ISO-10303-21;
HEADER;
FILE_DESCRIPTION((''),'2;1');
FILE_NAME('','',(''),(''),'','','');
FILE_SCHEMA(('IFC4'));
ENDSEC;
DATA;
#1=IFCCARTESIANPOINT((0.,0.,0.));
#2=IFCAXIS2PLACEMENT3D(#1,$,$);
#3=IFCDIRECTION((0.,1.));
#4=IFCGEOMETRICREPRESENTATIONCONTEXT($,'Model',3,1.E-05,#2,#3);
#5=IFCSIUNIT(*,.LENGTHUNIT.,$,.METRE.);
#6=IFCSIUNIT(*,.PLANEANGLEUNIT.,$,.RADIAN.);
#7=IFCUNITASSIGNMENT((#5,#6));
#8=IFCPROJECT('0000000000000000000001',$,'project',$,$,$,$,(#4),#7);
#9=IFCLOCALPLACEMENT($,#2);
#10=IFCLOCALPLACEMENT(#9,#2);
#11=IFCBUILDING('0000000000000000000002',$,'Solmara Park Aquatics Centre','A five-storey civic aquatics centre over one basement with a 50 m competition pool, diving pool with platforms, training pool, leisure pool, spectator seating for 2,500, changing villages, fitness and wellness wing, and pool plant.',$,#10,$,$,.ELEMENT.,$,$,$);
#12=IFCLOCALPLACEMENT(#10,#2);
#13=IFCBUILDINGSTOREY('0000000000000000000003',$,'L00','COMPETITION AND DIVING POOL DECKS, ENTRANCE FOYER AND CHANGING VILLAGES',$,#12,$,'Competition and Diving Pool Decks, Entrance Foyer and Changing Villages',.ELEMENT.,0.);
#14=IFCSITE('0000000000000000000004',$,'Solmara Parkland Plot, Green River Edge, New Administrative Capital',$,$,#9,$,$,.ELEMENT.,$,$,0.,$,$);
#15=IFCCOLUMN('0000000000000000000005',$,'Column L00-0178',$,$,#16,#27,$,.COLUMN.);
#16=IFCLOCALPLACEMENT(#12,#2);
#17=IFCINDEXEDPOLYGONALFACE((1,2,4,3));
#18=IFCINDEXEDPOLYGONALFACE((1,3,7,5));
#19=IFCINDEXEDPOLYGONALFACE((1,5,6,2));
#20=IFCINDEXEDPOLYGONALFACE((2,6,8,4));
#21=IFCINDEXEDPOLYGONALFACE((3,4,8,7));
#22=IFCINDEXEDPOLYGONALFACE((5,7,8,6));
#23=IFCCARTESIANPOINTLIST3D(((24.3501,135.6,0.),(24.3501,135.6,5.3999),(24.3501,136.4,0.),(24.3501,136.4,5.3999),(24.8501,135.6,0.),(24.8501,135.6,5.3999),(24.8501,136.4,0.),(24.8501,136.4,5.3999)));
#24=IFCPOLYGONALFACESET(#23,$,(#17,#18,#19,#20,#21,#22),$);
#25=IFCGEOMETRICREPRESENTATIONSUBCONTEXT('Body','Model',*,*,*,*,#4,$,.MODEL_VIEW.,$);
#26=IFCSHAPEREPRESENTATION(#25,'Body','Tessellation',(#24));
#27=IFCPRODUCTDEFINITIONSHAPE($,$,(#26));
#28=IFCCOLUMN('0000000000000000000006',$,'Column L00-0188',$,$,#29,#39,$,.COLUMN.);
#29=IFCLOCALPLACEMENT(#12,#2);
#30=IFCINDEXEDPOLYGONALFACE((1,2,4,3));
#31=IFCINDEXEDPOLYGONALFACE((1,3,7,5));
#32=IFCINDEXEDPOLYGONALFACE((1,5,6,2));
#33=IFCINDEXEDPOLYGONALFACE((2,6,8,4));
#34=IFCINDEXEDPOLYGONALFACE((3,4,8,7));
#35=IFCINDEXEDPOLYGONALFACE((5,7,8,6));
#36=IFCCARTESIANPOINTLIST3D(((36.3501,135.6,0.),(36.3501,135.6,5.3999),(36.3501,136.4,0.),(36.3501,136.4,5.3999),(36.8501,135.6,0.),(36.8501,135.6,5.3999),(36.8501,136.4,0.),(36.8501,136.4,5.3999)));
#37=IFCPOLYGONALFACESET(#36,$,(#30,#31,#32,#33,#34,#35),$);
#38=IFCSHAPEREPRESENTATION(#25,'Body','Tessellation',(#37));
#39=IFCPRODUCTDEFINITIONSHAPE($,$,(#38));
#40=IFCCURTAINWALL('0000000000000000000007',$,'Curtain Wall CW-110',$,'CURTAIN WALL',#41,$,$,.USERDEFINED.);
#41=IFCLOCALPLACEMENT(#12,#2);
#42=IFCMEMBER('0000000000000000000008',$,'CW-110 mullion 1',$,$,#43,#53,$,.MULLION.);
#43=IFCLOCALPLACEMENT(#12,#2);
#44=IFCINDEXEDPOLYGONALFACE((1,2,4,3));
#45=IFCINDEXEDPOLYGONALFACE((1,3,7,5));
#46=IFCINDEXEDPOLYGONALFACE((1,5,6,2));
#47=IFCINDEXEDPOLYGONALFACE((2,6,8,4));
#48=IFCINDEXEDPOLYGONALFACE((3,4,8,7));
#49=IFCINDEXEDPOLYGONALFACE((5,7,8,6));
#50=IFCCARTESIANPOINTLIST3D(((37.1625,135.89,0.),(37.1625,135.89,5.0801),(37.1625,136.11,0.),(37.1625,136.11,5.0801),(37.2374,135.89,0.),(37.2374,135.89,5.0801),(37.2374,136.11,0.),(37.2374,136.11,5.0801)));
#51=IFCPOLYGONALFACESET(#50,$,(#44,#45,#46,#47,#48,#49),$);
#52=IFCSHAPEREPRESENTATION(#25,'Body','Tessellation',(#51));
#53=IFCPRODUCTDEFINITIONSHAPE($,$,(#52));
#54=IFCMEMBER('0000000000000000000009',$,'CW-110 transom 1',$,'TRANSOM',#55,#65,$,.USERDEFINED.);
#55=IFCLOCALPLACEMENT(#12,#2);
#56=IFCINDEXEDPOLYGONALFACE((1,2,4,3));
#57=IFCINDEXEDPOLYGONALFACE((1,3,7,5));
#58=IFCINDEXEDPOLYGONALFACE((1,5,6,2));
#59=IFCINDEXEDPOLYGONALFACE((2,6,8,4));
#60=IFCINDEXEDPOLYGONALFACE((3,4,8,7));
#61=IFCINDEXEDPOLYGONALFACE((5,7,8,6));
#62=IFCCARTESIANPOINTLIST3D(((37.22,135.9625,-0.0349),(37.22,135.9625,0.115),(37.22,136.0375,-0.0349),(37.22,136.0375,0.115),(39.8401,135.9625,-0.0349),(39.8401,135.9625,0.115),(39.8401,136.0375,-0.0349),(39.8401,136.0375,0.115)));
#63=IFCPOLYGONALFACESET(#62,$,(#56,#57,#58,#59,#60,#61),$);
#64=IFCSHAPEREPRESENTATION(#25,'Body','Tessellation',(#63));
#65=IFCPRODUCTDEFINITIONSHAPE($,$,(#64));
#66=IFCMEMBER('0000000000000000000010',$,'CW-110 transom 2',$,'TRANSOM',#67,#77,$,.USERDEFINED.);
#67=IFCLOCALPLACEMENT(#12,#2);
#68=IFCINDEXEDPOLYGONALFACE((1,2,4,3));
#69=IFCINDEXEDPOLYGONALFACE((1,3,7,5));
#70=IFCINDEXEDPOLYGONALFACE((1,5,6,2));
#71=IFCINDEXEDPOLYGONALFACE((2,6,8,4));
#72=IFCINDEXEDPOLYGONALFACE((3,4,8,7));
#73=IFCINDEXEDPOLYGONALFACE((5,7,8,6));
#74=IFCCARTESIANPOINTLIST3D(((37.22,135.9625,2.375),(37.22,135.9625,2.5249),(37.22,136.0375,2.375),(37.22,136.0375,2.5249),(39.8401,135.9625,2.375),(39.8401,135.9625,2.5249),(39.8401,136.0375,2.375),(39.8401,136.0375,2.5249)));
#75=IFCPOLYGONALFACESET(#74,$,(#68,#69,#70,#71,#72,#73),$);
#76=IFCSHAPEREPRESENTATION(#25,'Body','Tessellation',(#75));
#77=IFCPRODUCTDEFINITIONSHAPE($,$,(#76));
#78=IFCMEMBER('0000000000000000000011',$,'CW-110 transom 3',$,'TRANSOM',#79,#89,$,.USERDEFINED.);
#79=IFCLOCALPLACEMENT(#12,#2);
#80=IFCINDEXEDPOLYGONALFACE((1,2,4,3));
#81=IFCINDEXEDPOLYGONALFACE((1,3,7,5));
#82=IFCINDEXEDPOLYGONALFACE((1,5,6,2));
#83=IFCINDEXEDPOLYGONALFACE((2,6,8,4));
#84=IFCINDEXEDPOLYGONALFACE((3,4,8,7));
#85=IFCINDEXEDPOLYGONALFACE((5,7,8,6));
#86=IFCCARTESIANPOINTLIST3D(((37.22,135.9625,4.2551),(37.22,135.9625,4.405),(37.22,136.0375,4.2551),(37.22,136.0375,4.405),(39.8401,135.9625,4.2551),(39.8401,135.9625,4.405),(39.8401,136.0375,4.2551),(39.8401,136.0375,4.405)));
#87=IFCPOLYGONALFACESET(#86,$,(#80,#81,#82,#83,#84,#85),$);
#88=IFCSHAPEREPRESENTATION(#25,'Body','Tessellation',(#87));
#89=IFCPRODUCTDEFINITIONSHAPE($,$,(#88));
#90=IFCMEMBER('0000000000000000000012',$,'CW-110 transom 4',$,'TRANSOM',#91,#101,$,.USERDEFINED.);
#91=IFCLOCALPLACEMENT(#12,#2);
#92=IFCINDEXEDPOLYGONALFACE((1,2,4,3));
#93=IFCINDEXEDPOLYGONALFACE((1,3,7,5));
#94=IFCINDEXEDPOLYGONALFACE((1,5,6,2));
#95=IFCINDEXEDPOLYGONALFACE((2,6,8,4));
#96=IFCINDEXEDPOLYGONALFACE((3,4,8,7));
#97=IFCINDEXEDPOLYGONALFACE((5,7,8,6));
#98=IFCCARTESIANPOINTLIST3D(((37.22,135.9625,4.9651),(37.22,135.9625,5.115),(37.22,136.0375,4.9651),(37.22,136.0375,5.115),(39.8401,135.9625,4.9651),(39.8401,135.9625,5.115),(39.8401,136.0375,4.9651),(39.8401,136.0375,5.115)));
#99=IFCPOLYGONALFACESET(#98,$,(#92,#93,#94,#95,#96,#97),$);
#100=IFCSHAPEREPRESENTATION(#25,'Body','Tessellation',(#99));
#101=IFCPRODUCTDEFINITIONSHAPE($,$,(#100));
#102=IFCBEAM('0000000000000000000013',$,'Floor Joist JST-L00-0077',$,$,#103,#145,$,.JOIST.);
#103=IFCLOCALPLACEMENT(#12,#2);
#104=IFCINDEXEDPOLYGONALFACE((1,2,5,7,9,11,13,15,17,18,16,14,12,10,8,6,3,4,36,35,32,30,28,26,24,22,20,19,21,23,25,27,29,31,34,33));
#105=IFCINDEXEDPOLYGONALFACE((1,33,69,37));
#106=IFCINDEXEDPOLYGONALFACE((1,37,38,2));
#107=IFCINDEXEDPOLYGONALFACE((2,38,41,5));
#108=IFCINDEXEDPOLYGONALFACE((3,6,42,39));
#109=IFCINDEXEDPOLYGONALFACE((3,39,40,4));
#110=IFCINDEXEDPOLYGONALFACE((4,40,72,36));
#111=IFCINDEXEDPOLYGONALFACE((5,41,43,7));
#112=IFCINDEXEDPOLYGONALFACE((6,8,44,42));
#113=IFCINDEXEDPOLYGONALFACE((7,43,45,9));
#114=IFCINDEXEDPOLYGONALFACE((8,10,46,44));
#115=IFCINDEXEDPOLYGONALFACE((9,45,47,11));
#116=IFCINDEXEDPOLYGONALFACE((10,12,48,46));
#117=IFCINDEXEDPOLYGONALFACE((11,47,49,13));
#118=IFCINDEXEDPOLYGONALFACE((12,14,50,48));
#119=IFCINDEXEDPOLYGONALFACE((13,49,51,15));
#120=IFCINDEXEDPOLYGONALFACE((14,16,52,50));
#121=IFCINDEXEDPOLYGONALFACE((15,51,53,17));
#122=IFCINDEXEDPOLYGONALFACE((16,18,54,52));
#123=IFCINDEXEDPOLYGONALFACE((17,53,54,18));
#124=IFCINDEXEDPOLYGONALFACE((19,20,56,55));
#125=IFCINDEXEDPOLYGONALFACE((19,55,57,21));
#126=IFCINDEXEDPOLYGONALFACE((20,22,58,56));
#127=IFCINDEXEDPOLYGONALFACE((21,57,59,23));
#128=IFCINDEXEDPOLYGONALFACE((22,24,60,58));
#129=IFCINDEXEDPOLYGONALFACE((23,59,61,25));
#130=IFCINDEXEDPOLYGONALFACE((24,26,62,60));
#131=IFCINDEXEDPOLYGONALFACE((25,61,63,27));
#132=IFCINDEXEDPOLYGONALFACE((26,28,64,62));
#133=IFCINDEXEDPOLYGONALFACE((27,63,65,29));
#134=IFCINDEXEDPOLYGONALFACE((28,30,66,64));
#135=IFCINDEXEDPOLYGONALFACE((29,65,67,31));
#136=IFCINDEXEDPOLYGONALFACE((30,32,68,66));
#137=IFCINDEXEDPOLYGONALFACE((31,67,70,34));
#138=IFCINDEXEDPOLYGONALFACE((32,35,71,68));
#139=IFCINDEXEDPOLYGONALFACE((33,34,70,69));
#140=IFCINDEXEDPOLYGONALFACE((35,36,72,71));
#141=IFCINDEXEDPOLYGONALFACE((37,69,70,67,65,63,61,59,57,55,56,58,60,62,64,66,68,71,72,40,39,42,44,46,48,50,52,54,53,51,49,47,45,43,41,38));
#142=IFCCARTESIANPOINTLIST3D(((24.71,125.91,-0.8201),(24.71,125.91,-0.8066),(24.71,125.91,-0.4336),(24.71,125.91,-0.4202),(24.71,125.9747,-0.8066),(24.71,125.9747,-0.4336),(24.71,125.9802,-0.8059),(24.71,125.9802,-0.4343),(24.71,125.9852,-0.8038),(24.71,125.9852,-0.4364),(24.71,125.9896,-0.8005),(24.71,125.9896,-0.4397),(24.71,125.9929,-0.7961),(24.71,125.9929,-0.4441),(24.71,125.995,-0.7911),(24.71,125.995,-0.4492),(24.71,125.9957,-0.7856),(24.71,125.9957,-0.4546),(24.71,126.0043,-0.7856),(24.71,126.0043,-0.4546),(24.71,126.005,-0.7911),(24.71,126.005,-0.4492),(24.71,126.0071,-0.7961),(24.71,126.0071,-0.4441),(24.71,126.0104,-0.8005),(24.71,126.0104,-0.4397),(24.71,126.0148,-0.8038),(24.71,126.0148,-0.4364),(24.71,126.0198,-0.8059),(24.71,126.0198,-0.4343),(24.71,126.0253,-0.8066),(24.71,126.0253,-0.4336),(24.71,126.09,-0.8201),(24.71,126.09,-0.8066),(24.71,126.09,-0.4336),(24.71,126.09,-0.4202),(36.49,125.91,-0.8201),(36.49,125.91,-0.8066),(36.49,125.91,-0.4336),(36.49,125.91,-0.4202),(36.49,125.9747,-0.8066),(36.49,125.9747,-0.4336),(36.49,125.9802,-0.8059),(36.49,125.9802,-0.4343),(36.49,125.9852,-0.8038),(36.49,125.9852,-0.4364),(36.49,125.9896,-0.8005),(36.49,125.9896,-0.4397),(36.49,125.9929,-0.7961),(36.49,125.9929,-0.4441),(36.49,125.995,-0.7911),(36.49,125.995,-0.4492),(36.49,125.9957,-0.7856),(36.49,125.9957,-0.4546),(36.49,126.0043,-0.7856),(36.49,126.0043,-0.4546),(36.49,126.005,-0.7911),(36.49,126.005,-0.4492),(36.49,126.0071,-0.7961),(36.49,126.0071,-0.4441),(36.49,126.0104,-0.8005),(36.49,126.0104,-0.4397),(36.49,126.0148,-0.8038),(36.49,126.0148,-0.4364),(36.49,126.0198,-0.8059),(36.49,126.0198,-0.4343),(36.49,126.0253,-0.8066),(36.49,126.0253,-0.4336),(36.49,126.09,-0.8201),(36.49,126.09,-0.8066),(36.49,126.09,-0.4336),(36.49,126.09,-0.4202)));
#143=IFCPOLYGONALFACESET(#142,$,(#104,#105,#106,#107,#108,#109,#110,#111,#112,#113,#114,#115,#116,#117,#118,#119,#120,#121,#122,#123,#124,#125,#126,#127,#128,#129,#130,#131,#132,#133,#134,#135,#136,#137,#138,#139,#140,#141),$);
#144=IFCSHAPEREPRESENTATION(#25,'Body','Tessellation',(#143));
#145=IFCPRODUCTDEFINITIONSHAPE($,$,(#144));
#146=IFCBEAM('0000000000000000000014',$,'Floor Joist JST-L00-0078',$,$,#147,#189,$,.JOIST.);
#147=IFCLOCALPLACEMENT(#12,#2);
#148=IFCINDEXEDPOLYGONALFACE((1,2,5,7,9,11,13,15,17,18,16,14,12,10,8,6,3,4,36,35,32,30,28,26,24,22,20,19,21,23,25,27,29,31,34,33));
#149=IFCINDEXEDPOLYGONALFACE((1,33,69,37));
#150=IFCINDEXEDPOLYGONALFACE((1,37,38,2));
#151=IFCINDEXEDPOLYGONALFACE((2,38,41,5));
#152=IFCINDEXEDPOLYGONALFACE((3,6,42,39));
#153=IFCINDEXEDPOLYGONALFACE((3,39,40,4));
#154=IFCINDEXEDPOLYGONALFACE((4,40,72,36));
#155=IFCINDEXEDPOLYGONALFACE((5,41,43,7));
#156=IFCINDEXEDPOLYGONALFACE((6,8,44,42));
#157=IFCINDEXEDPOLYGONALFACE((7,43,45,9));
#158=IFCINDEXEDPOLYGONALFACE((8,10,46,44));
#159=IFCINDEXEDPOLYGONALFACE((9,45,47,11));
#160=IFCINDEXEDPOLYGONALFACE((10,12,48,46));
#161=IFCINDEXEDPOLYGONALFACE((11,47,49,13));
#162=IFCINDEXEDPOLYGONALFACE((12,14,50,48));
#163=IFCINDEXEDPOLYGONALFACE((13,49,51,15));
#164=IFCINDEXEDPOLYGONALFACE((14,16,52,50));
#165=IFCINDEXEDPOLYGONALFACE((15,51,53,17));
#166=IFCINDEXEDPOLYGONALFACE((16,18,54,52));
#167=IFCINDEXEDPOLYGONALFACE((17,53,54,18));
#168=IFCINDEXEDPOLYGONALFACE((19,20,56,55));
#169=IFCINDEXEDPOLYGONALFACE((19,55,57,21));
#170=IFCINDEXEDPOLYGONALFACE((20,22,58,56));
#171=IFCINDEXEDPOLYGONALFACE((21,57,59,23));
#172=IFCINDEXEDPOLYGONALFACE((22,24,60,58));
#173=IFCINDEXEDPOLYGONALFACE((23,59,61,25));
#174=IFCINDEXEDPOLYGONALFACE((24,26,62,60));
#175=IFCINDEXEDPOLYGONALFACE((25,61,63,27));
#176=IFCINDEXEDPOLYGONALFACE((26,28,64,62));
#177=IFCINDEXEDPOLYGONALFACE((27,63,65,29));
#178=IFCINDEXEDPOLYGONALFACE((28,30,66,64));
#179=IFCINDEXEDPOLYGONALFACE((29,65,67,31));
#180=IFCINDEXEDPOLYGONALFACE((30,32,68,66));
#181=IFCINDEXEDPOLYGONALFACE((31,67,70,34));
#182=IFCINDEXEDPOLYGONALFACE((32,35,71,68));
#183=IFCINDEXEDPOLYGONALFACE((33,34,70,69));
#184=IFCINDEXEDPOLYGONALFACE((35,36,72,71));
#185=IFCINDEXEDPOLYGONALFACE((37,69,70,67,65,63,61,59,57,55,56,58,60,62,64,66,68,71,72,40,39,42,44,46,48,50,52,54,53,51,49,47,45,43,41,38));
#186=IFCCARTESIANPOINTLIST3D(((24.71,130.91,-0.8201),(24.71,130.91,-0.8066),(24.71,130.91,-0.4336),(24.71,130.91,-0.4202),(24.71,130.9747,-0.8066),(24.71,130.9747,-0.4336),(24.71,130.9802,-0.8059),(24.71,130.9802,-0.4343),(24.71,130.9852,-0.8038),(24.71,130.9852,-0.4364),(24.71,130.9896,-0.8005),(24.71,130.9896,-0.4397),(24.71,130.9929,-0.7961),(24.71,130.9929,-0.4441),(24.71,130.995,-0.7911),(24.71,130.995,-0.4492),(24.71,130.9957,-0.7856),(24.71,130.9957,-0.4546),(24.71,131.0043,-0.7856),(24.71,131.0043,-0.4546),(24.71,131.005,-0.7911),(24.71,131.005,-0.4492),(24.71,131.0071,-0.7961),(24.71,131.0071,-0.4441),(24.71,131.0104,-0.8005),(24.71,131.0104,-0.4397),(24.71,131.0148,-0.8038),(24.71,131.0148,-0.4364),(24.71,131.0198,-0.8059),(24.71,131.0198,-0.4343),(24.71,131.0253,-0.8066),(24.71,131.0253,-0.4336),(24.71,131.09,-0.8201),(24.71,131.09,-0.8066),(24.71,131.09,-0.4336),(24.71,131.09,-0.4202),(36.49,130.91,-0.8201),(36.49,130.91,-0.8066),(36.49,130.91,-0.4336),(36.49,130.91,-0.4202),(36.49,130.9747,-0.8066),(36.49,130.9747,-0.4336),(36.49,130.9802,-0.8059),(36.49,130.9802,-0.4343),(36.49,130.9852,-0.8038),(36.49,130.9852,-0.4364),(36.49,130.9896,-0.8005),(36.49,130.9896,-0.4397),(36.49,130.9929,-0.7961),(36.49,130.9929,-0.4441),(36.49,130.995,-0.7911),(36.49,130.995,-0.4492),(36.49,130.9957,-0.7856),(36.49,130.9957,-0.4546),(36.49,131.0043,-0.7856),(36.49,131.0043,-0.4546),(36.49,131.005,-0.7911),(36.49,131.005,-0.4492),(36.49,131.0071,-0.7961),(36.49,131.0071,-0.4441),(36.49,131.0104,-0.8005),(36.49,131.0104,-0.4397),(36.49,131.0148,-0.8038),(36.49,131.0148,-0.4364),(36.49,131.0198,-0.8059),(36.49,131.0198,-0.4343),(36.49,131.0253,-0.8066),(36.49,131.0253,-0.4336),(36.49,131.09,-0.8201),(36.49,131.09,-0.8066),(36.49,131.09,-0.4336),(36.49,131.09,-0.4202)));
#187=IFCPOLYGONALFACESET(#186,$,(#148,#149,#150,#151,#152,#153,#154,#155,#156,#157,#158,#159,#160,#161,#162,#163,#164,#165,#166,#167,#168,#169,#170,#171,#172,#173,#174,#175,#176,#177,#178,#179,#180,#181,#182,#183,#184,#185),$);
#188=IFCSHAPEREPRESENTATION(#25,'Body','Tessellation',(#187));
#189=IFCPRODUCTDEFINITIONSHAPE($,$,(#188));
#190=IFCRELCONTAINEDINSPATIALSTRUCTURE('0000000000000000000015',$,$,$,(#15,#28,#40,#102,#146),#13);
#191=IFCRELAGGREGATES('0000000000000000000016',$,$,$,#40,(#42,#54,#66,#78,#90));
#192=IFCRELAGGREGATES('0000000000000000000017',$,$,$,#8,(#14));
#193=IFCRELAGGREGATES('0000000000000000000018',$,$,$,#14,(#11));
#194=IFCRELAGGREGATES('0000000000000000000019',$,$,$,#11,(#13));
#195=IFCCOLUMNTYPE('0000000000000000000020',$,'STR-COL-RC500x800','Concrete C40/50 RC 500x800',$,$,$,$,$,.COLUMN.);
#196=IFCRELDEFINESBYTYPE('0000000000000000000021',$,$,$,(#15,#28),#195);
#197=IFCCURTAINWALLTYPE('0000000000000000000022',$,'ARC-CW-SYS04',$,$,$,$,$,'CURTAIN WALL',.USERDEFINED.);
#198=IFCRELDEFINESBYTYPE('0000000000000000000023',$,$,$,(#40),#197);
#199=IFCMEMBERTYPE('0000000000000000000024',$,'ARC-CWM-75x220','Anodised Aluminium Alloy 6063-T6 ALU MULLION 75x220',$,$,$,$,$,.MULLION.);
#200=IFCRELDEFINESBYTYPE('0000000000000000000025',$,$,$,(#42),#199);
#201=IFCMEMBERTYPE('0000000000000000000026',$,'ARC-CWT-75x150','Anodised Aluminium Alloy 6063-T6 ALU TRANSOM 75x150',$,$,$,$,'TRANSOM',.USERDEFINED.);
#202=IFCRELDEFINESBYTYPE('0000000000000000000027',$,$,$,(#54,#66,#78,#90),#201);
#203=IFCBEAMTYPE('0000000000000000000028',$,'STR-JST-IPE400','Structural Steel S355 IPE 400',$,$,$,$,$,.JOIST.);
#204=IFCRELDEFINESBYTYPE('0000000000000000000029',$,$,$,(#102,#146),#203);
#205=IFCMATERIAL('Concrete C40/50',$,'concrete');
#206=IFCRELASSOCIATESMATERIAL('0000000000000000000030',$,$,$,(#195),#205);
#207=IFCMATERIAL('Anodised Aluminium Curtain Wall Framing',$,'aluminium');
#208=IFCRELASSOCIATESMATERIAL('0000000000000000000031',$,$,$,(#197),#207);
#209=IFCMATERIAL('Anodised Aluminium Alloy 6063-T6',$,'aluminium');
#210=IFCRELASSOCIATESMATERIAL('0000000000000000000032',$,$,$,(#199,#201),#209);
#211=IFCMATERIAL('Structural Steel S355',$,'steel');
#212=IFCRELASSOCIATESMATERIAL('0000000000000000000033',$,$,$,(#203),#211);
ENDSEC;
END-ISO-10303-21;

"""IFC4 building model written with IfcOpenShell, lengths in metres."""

from ifc_helpers import new_model, si_unit, direction, frame, origin, origin_2d, place, context, subcontext, project, spatial, rectangle, i_section, extrude, material, material_profile, profile_set, type_object, element, aggregate, save


model = new_model("IFC4")

# Units and contexts
model_context = context("Model", 3, precision=1e-05, world=origin(), true_north=direction((0.0, 1.0)))
body_context = subcontext(model_context, "Body", "Model", "MODEL_VIEW")
ifc_project = project(units=[si_unit("LENGTHUNIT", "METRE"), si_unit("PLANEANGLEUNIT", "RADIAN")], contexts=[model_context])

# Site, building, storey
site_placement = place(None, origin())
site = spatial("IfcSite", under=ifc_project, at=site_placement, Name="Solmara Parkland Plot, Green River Edge, New Administrative Capital", CompositionType="ELEMENT", RefElevation=0.0)
building_placement = place(site_placement, origin())
building = spatial("IfcBuilding", under=site, at=building_placement, Name="Solmara Park Aquatics Centre", Description="A five-storey civic aquatics centre over one basement with a 50 m competition pool, diving pool with platforms, training pool, leisure pool, spectator seating for 2,500, changing villages, fitness and wellness wing, and pool plant.", CompositionType="ELEMENT")
storey_placement = place(building_placement, origin())
storey = spatial("IfcBuildingStorey", under=building, at=storey_placement, Name="L00", Description="COMPETITION AND DIVING POOL DECKS, ENTRANCE FOYER AND CHANGING VILLAGES", LongName="Competition and Diving Pool Decks, Entrance Foyer and Changing Villages", CompositionType="ELEMENT", Elevation=0.0)

# Columns
ifc_material_1 = material(Name="Concrete C40/50", Category="concrete")
ifc_material_profile_1 = material_profile(ifc_material_1, rectangle(XDim=0.5, YDim=0.8, at=origin_2d()), Name="RC 500x800")
ifc_profile_set_1 = profile_set([ifc_material_profile_1], Name="Concrete C40/50")
column_type = type_object("IfcColumnType", Name="STR-COL-RC500x800", Description="Concrete C40/50 RC 500x800", PredefinedType="COLUMN", material=ifc_profile_set_1)
for number, where, z_axis, x_axis, name in (
    (1, (24.6001, 136.0, 0.0), (0.0, 0.0, 1.0), (1.0, 0.0, 0.0), "Column L00-0178"),
    (2, (36.6001, 136.0, 0.0), (0.0, 0.0, 1.0), (1.0, 0.0, 0.0), "Column L00-0188"),
):
    element("IfcColumn", number, at=place(storey_placement, frame(where, z_axis=z_axis, x_axis=x_axis)), inside=storey, type_object=column_type, Name=name, PredefinedType="COLUMN", context=body_context, shape_type="SweptSolid", body=[
        extrude(rectangle(XDim=0.5, YDim=0.8, at=origin_2d()), origin(), (0.0, 0.0, 1.0), 5.3999),
    ])

# Curtain wall, members
ifc_material_2 = material(Name="Anodised Aluminium Curtain Wall Framing", Category="aluminium")
curtain_wall_type = type_object("IfcCurtainWallType", Name="ARC-CW-SYS04", ElementType="CURTAIN WALL", PredefinedType="USERDEFINED", material=ifc_material_2)
curtain_wall_placement = place(storey_placement, origin())
curtain_wall = element("IfcCurtainWall", 3, at=curtain_wall_placement, inside=storey, type_object=curtain_wall_type, Name="Curtain Wall CW-110", ObjectType="CURTAIN WALL", PredefinedType="USERDEFINED")
ifc_material_3 = material(Name="Anodised Aluminium Alloy 6063-T6", Category="aluminium")
ifc_material_profile_2 = material_profile(ifc_material_3, rectangle(XDim=0.075, YDim=0.22, at=origin_2d()), Name="ALU MULLION 75x220")
ifc_profile_set_2 = profile_set([ifc_material_profile_2], Name="Anodised Aluminium Alloy 6063-T6")
member_type_1 = type_object("IfcMemberType", Name="ARC-CWM-75x220", Description="Anodised Aluminium Alloy 6063-T6 ALU MULLION 75x220", PredefinedType="MULLION", material=ifc_profile_set_2)
member_1_placement = place(storey_placement, frame((37.2, 136.0, 0.0), z_axis=(0.0, 0.0, 1.0), x_axis=(1.0, 0.0, 0.0)))
member_1 = element("IfcMember", 4, at=member_1_placement, type_object=member_type_1, Name="CW-110 mullion 1", PredefinedType="MULLION", context=body_context, shape_type="SweptSolid", body=[
    extrude(rectangle(XDim=0.075, YDim=0.22, at=origin_2d()), origin(), (0.0, 0.0, 1.0), 5.0801),
])
ifc_material_profile_3 = material_profile(ifc_material_3, rectangle(XDim=0.075, YDim=0.1499, at=origin_2d()), Name="ALU TRANSOM 75x150")
ifc_profile_set_3 = profile_set([ifc_material_profile_3], Name="Anodised Aluminium Alloy 6063-T6")
member_type_2 = type_object("IfcMemberType", Name="ARC-CWT-75x150", Description="Anodised Aluminium Alloy 6063-T6 ALU TRANSOM 75x150", ElementType="TRANSOM", PredefinedType="USERDEFINED", material=ifc_profile_set_3)
member_2_placement = place(storey_placement, frame((37.22, 136.0, 0.04), z_axis=(1.0, 0.0, 0.0), x_axis=(0.0, 1.0, 0.0)))
member_2 = element("IfcMember", 5, at=member_2_placement, type_object=member_type_2, Name="CW-110 transom 1", ObjectType="TRANSOM", PredefinedType="USERDEFINED", context=body_context, shape_type="SweptSolid", body=[
    extrude(rectangle(XDim=0.075, YDim=0.1499, at=origin_2d()), origin(), (0.0, 0.0, 1.0), 2.6201),
])
member_3_placement = place(storey_placement, frame((37.22, 136.0, 2.45), z_axis=(1.0, 0.0, 0.0), x_axis=(0.0, 1.0, 0.0)))
member_3 = element("IfcMember", 6, at=member_3_placement, type_object=member_type_2, Name="CW-110 transom 2", ObjectType="TRANSOM", PredefinedType="USERDEFINED", context=body_context, shape_type="SweptSolid", body=[
    extrude(rectangle(XDim=0.075, YDim=0.1499, at=origin_2d()), origin(), (0.0, 0.0, 1.0), 2.6201),
])
member_4_placement = place(storey_placement, frame((37.22, 136.0, 4.3301), z_axis=(1.0, 0.0, 0.0), x_axis=(0.0, 1.0, 0.0)))
member_4 = element("IfcMember", 7, at=member_4_placement, type_object=member_type_2, Name="CW-110 transom 3", ObjectType="TRANSOM", PredefinedType="USERDEFINED", context=body_context, shape_type="SweptSolid", body=[
    extrude(rectangle(XDim=0.075, YDim=0.1499, at=origin_2d()), origin(), (0.0, 0.0, 1.0), 2.6201),
])
member_5_placement = place(storey_placement, frame((37.22, 136.0, 5.04), z_axis=(1.0, 0.0, 0.0), x_axis=(0.0, 1.0, 0.0)))
member_5 = element("IfcMember", 8, at=member_5_placement, type_object=member_type_2, Name="CW-110 transom 4", ObjectType="TRANSOM", PredefinedType="USERDEFINED", context=body_context, shape_type="SweptSolid", body=[
    extrude(rectangle(XDim=0.075, YDim=0.1499, at=origin_2d()), origin(), (0.0, 0.0, 1.0), 2.6201),
])

# Beams
ifc_material_4 = material(Name="Structural Steel S355", Category="steel")
ifc_material_profile_4 = material_profile(ifc_material_4, i_section(OverallWidth=0.1799, OverallDepth=0.3999, WebThickness=0.0085, FlangeThickness=0.0134, FilletRadius=0.021, at=origin_2d()), Name="IPE 400")
ifc_profile_set_4 = profile_set([ifc_material_profile_4], Name="Structural Steel S355")
beam_type = type_object("IfcBeamType", Name="STR-JST-IPE400", Description="Structural Steel S355 IPE 400", PredefinedType="JOIST", material=ifc_profile_set_4)
for number, where, z_axis, x_axis, name in (
    (9, (24.71, 126.0, -0.6201), (1.0, 0.0, 0.0), (0.0, 1.0, 0.0), "Floor Joist JST-L00-0077"),
    (10, (24.71, 131.0, -0.6201), (1.0, 0.0, 0.0), (0.0, 1.0, 0.0), "Floor Joist JST-L00-0078"),
):
    element("IfcBeam", number, at=place(storey_placement, frame(where, z_axis=z_axis, x_axis=x_axis)), inside=storey, type_object=beam_type, Name=name, PredefinedType="JOIST", context=body_context, shape_type="SweptSolid", body=[
        extrude(i_section(OverallWidth=0.1799, OverallDepth=0.3999, WebThickness=0.0085, FlangeThickness=0.0134, FilletRadius=0.021, at=origin_2d()), origin(), (0.0, 0.0, 1.0), 11.78),
    ])

aggregate(curtain_wall, [member_1, member_2, member_3, member_4, member_5])

save(model, "model.ifc")
